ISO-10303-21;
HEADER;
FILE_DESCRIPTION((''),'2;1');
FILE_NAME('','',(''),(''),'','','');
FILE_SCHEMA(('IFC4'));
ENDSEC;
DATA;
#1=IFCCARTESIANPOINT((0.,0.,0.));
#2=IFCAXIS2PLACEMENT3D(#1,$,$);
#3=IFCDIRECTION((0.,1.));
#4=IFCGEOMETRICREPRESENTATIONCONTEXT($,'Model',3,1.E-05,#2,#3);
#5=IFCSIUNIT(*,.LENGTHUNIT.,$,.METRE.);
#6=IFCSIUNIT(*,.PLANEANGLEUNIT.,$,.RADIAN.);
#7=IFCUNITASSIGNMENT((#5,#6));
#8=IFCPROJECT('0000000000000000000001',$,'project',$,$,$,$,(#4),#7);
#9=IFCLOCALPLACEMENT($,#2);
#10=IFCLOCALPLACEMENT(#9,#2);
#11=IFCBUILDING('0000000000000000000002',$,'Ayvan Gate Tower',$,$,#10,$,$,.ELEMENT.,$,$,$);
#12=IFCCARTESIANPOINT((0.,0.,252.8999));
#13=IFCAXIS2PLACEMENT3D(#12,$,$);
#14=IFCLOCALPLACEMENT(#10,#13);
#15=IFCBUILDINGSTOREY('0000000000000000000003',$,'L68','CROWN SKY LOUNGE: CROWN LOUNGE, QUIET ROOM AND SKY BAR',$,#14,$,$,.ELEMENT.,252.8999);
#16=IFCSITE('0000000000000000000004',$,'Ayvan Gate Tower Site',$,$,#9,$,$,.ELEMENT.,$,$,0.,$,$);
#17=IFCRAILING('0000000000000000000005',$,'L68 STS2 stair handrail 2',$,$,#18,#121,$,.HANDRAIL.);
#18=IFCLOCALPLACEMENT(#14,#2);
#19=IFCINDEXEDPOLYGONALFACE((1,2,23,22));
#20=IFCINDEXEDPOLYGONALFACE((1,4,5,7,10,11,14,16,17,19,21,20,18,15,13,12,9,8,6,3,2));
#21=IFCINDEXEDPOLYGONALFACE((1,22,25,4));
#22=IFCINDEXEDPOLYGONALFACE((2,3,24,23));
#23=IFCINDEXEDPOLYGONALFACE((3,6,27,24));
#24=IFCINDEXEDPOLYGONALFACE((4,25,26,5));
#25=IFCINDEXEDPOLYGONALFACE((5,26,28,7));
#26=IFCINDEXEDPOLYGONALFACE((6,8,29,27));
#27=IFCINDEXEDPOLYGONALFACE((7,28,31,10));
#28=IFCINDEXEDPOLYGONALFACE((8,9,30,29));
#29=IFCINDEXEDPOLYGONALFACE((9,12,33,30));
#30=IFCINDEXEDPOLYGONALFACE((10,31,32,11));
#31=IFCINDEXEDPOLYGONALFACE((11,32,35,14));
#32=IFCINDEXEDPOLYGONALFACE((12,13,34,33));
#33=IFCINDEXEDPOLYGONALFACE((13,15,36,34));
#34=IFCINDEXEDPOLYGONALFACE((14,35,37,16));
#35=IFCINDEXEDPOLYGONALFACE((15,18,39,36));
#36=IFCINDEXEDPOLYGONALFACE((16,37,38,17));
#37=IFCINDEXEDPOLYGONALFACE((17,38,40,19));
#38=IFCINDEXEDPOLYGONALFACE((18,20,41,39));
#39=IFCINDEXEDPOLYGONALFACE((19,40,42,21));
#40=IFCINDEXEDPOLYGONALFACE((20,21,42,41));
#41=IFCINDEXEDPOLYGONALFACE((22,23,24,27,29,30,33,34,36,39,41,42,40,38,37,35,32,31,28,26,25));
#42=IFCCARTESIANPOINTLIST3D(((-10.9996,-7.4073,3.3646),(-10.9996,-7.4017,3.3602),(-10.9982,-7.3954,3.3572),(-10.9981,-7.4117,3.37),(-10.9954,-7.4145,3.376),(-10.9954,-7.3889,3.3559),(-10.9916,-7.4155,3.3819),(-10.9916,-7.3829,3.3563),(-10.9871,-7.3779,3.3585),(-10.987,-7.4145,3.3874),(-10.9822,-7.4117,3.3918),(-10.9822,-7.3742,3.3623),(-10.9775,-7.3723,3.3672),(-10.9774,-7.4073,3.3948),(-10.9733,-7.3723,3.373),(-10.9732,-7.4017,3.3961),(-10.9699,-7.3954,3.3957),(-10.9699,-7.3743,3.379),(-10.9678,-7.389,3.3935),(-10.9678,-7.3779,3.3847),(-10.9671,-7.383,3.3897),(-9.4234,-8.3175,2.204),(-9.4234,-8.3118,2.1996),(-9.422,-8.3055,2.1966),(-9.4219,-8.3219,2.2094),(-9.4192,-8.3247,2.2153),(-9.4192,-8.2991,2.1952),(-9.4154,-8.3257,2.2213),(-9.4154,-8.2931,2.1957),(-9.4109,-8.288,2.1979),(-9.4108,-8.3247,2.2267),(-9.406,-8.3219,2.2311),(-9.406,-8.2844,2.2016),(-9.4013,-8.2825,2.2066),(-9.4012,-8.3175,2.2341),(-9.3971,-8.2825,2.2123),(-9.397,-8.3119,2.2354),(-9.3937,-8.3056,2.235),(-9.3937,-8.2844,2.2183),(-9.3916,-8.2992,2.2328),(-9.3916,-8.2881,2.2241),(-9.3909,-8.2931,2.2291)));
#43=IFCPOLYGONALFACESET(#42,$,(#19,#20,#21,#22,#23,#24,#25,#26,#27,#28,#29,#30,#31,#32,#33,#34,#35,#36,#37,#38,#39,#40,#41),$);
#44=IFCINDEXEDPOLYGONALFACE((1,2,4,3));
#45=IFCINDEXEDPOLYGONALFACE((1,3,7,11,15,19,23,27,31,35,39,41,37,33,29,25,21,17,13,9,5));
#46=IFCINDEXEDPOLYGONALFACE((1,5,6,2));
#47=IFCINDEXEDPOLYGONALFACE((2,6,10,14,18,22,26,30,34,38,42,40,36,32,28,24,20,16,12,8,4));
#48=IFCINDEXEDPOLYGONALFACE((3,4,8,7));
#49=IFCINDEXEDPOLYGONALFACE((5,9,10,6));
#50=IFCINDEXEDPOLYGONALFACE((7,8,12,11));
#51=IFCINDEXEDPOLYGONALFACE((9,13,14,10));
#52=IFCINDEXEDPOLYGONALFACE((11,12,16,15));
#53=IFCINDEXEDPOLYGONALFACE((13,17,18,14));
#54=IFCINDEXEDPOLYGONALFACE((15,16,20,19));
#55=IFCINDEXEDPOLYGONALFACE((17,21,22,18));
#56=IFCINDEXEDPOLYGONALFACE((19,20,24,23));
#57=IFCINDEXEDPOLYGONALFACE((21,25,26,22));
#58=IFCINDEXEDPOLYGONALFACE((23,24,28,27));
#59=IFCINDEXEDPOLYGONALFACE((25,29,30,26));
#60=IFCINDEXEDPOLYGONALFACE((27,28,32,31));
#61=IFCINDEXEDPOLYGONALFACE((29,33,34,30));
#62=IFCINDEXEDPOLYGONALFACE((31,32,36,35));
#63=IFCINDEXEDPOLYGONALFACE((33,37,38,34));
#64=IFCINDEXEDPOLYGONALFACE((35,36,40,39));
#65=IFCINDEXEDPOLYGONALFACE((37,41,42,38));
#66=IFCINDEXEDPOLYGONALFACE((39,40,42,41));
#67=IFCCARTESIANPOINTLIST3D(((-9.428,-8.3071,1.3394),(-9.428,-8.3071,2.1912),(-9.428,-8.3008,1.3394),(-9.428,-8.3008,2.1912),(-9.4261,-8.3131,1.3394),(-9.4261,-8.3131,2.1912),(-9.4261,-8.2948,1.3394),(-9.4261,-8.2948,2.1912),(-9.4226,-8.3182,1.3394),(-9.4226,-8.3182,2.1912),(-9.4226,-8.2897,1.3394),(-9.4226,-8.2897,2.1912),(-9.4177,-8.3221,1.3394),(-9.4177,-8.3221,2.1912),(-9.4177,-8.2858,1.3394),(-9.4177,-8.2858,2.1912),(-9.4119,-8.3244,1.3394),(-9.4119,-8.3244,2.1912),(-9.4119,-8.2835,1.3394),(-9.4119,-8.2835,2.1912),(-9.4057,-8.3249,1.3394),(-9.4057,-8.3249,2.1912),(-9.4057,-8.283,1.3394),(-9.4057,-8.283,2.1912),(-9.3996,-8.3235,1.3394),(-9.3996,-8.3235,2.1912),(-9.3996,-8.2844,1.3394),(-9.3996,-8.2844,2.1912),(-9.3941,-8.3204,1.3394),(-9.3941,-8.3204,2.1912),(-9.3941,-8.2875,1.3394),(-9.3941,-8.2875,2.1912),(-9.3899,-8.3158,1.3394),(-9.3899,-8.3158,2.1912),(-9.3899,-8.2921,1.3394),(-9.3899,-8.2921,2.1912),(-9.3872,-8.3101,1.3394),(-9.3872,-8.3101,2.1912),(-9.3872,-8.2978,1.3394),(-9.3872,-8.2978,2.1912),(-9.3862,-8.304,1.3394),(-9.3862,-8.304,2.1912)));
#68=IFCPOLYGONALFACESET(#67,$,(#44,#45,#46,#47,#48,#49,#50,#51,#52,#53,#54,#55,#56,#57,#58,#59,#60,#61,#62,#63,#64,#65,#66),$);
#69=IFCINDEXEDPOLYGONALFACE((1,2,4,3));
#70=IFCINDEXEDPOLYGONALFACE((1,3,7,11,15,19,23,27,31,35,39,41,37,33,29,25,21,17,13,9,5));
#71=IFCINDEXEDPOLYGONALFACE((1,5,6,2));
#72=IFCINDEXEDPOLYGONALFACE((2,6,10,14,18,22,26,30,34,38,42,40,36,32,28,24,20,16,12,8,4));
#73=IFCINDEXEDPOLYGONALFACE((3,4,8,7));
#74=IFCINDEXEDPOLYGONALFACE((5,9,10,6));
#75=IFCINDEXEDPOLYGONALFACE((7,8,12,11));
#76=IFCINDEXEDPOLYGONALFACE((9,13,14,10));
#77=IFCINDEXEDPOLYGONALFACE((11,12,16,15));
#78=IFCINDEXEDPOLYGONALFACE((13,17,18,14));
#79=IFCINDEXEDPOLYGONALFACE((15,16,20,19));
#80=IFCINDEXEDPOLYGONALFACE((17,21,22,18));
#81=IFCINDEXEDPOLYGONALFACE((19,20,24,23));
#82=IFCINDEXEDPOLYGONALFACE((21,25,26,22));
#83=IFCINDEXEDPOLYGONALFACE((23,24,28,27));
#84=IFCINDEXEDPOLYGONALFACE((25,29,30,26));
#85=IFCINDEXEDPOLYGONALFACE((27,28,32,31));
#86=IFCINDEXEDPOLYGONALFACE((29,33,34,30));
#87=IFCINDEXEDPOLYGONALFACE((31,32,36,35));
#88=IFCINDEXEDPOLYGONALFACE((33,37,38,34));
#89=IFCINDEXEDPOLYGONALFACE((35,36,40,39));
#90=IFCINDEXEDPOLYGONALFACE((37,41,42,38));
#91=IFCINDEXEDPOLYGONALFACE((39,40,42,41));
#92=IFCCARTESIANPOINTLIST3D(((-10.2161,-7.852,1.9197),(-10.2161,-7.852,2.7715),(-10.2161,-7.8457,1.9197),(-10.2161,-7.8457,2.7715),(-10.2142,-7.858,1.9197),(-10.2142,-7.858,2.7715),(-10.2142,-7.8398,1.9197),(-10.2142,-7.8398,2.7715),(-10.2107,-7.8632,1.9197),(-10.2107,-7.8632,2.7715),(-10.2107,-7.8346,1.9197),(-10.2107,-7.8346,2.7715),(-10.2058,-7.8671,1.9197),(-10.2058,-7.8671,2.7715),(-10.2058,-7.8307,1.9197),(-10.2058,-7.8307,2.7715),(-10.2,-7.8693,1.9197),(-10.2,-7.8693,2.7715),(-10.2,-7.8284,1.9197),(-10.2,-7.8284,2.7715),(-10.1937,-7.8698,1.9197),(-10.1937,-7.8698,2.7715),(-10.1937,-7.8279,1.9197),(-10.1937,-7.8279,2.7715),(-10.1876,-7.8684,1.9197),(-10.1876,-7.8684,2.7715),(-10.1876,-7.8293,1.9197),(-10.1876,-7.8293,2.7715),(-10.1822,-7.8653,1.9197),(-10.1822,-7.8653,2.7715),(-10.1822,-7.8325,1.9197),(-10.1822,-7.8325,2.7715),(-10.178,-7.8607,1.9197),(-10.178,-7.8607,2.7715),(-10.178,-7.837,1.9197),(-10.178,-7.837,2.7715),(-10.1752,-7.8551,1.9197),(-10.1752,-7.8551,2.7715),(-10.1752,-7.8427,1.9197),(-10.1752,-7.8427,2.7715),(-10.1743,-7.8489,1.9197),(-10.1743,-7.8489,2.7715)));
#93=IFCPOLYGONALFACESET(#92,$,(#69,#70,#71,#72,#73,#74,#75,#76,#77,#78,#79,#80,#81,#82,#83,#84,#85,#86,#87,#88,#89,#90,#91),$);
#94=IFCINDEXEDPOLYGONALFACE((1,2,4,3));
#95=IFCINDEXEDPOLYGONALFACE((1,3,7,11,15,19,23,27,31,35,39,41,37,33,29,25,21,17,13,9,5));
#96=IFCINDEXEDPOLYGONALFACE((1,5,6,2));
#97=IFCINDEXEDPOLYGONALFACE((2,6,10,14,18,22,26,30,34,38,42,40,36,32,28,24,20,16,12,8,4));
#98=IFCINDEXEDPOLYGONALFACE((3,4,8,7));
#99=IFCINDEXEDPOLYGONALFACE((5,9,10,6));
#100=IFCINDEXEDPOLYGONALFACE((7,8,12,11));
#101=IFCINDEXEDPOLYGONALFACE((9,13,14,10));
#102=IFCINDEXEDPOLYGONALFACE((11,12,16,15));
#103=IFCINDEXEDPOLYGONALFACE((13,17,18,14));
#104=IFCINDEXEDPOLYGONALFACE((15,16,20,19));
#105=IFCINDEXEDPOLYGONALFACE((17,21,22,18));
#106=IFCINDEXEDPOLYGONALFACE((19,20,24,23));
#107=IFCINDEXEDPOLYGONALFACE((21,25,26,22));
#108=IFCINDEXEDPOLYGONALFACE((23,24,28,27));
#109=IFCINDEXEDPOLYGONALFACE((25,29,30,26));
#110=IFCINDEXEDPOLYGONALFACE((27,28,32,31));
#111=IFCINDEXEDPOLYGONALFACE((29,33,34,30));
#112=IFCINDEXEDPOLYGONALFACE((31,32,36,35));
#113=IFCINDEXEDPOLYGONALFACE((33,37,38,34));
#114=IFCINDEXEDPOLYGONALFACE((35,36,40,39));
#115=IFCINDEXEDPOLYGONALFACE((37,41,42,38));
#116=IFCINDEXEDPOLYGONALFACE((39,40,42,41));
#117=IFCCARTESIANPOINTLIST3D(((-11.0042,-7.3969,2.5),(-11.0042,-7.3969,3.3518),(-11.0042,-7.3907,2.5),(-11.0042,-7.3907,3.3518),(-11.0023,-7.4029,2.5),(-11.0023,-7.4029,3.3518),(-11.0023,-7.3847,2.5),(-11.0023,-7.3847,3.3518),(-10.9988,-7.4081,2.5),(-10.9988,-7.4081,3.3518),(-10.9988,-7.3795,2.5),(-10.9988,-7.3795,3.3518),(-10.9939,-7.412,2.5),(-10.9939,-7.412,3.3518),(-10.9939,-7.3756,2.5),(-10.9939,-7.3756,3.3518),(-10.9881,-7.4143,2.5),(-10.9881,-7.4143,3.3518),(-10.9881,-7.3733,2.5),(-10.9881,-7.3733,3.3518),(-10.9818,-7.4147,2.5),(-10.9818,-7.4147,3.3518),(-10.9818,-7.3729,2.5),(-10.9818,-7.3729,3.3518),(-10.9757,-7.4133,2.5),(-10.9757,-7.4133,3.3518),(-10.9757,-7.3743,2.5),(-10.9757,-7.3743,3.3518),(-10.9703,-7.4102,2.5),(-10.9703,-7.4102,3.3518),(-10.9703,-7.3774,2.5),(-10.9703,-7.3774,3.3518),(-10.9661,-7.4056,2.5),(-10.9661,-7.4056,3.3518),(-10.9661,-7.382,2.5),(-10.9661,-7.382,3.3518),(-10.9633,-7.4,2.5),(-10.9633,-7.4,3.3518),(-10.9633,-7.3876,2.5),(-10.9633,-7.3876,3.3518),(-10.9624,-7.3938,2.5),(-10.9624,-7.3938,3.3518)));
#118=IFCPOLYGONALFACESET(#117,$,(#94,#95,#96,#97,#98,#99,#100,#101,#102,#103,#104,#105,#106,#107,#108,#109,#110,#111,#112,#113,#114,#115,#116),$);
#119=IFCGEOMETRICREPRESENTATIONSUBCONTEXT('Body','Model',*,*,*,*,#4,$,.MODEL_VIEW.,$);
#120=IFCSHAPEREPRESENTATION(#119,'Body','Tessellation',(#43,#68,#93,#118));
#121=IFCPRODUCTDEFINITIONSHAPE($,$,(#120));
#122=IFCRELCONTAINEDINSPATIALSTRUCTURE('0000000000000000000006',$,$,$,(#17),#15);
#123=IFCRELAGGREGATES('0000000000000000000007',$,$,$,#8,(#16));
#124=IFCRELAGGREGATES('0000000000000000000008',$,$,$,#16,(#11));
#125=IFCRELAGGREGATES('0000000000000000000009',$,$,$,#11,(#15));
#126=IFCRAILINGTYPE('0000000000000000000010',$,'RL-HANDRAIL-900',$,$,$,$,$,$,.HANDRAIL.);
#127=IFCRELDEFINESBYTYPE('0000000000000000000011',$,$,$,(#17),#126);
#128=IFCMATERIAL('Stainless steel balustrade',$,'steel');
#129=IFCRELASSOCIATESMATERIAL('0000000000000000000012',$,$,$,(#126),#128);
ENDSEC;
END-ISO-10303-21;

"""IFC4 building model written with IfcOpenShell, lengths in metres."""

from ifc_helpers import new_model, si_unit, direction, frame, origin, origin_2d, place, context, subcontext, project, spatial, circle, extrude, material, type_object, element, save


model = new_model("IFC4")

# Units and contexts
model_context = context("Model", 3, precision=1e-05, world=origin(), true_north=direction((0.0, 1.0)))
body_context = subcontext(model_context, "Body", "Model", "MODEL_VIEW")
ifc_project = project(units=[si_unit("LENGTHUNIT", "METRE"), si_unit("PLANEANGLEUNIT", "RADIAN")], contexts=[model_context])

# Site, building, storey
site_placement = place(None, origin())
site = spatial("IfcSite", under=ifc_project, at=site_placement, Name="Ayvan Gate Tower Site", CompositionType="ELEMENT", RefElevation=0.0)
building_placement = place(site_placement, origin())
building = spatial("IfcBuilding", under=site, at=building_placement, Name="Ayvan Gate Tower", CompositionType="ELEMENT")
storey_placement = place(building_placement, frame((0.0, 0.0, 252.8999)))
storey = spatial("IfcBuildingStorey", under=building, at=storey_placement, Name="L68", Description="CROWN SKY LOUNGE: CROWN LOUNGE, QUIET ROOM AND SKY BAR", CompositionType="ELEMENT", Elevation=252.8999)

# Railing
ifc_material_1 = material(Name="Stainless steel balustrade", Category="steel")
railing_type_1 = type_object("IfcRailingType", Name="RL-HANDRAIL-900", PredefinedType="HANDRAIL", material=ifc_material_1)
railing_1_placement = place(storey_placement, frame((-9.4072, -8.304, 1.3394)))
element("IfcRailing", 1, at=railing_1_placement, inside=storey, type_object=railing_type_1, Name="L68 STS2 stair handrail 2", PredefinedType="HANDRAIL", context=body_context, shape_type="SweptSolid", body=[
    extrude(circle(Radius=0.0239, at=origin_2d()), frame((0.0, 0.0, 0.876), z_axis=(-0.730163, 0.421631, 0.53767), x_axis=(-0.500063, -0.865989, 0.0)), (0.0, 0.0, 1.0), 2.1587),
    extrude(circle(Radius=0.021, at=origin_2d()), origin(), (0.0, 0.0, 1.0), 0.8518),
    extrude(circle(Radius=0.021, at=origin_2d()), frame((-0.7881, 0.4551, 0.5803)), (0.0, 0.0, 1.0), 0.8518),
    extrude(circle(Radius=0.021, at=origin_2d()), frame((-1.5762, 0.9102, 1.1606)), (0.0, 0.0, 1.0), 0.8518),
])

save(model, "model.ifc")
